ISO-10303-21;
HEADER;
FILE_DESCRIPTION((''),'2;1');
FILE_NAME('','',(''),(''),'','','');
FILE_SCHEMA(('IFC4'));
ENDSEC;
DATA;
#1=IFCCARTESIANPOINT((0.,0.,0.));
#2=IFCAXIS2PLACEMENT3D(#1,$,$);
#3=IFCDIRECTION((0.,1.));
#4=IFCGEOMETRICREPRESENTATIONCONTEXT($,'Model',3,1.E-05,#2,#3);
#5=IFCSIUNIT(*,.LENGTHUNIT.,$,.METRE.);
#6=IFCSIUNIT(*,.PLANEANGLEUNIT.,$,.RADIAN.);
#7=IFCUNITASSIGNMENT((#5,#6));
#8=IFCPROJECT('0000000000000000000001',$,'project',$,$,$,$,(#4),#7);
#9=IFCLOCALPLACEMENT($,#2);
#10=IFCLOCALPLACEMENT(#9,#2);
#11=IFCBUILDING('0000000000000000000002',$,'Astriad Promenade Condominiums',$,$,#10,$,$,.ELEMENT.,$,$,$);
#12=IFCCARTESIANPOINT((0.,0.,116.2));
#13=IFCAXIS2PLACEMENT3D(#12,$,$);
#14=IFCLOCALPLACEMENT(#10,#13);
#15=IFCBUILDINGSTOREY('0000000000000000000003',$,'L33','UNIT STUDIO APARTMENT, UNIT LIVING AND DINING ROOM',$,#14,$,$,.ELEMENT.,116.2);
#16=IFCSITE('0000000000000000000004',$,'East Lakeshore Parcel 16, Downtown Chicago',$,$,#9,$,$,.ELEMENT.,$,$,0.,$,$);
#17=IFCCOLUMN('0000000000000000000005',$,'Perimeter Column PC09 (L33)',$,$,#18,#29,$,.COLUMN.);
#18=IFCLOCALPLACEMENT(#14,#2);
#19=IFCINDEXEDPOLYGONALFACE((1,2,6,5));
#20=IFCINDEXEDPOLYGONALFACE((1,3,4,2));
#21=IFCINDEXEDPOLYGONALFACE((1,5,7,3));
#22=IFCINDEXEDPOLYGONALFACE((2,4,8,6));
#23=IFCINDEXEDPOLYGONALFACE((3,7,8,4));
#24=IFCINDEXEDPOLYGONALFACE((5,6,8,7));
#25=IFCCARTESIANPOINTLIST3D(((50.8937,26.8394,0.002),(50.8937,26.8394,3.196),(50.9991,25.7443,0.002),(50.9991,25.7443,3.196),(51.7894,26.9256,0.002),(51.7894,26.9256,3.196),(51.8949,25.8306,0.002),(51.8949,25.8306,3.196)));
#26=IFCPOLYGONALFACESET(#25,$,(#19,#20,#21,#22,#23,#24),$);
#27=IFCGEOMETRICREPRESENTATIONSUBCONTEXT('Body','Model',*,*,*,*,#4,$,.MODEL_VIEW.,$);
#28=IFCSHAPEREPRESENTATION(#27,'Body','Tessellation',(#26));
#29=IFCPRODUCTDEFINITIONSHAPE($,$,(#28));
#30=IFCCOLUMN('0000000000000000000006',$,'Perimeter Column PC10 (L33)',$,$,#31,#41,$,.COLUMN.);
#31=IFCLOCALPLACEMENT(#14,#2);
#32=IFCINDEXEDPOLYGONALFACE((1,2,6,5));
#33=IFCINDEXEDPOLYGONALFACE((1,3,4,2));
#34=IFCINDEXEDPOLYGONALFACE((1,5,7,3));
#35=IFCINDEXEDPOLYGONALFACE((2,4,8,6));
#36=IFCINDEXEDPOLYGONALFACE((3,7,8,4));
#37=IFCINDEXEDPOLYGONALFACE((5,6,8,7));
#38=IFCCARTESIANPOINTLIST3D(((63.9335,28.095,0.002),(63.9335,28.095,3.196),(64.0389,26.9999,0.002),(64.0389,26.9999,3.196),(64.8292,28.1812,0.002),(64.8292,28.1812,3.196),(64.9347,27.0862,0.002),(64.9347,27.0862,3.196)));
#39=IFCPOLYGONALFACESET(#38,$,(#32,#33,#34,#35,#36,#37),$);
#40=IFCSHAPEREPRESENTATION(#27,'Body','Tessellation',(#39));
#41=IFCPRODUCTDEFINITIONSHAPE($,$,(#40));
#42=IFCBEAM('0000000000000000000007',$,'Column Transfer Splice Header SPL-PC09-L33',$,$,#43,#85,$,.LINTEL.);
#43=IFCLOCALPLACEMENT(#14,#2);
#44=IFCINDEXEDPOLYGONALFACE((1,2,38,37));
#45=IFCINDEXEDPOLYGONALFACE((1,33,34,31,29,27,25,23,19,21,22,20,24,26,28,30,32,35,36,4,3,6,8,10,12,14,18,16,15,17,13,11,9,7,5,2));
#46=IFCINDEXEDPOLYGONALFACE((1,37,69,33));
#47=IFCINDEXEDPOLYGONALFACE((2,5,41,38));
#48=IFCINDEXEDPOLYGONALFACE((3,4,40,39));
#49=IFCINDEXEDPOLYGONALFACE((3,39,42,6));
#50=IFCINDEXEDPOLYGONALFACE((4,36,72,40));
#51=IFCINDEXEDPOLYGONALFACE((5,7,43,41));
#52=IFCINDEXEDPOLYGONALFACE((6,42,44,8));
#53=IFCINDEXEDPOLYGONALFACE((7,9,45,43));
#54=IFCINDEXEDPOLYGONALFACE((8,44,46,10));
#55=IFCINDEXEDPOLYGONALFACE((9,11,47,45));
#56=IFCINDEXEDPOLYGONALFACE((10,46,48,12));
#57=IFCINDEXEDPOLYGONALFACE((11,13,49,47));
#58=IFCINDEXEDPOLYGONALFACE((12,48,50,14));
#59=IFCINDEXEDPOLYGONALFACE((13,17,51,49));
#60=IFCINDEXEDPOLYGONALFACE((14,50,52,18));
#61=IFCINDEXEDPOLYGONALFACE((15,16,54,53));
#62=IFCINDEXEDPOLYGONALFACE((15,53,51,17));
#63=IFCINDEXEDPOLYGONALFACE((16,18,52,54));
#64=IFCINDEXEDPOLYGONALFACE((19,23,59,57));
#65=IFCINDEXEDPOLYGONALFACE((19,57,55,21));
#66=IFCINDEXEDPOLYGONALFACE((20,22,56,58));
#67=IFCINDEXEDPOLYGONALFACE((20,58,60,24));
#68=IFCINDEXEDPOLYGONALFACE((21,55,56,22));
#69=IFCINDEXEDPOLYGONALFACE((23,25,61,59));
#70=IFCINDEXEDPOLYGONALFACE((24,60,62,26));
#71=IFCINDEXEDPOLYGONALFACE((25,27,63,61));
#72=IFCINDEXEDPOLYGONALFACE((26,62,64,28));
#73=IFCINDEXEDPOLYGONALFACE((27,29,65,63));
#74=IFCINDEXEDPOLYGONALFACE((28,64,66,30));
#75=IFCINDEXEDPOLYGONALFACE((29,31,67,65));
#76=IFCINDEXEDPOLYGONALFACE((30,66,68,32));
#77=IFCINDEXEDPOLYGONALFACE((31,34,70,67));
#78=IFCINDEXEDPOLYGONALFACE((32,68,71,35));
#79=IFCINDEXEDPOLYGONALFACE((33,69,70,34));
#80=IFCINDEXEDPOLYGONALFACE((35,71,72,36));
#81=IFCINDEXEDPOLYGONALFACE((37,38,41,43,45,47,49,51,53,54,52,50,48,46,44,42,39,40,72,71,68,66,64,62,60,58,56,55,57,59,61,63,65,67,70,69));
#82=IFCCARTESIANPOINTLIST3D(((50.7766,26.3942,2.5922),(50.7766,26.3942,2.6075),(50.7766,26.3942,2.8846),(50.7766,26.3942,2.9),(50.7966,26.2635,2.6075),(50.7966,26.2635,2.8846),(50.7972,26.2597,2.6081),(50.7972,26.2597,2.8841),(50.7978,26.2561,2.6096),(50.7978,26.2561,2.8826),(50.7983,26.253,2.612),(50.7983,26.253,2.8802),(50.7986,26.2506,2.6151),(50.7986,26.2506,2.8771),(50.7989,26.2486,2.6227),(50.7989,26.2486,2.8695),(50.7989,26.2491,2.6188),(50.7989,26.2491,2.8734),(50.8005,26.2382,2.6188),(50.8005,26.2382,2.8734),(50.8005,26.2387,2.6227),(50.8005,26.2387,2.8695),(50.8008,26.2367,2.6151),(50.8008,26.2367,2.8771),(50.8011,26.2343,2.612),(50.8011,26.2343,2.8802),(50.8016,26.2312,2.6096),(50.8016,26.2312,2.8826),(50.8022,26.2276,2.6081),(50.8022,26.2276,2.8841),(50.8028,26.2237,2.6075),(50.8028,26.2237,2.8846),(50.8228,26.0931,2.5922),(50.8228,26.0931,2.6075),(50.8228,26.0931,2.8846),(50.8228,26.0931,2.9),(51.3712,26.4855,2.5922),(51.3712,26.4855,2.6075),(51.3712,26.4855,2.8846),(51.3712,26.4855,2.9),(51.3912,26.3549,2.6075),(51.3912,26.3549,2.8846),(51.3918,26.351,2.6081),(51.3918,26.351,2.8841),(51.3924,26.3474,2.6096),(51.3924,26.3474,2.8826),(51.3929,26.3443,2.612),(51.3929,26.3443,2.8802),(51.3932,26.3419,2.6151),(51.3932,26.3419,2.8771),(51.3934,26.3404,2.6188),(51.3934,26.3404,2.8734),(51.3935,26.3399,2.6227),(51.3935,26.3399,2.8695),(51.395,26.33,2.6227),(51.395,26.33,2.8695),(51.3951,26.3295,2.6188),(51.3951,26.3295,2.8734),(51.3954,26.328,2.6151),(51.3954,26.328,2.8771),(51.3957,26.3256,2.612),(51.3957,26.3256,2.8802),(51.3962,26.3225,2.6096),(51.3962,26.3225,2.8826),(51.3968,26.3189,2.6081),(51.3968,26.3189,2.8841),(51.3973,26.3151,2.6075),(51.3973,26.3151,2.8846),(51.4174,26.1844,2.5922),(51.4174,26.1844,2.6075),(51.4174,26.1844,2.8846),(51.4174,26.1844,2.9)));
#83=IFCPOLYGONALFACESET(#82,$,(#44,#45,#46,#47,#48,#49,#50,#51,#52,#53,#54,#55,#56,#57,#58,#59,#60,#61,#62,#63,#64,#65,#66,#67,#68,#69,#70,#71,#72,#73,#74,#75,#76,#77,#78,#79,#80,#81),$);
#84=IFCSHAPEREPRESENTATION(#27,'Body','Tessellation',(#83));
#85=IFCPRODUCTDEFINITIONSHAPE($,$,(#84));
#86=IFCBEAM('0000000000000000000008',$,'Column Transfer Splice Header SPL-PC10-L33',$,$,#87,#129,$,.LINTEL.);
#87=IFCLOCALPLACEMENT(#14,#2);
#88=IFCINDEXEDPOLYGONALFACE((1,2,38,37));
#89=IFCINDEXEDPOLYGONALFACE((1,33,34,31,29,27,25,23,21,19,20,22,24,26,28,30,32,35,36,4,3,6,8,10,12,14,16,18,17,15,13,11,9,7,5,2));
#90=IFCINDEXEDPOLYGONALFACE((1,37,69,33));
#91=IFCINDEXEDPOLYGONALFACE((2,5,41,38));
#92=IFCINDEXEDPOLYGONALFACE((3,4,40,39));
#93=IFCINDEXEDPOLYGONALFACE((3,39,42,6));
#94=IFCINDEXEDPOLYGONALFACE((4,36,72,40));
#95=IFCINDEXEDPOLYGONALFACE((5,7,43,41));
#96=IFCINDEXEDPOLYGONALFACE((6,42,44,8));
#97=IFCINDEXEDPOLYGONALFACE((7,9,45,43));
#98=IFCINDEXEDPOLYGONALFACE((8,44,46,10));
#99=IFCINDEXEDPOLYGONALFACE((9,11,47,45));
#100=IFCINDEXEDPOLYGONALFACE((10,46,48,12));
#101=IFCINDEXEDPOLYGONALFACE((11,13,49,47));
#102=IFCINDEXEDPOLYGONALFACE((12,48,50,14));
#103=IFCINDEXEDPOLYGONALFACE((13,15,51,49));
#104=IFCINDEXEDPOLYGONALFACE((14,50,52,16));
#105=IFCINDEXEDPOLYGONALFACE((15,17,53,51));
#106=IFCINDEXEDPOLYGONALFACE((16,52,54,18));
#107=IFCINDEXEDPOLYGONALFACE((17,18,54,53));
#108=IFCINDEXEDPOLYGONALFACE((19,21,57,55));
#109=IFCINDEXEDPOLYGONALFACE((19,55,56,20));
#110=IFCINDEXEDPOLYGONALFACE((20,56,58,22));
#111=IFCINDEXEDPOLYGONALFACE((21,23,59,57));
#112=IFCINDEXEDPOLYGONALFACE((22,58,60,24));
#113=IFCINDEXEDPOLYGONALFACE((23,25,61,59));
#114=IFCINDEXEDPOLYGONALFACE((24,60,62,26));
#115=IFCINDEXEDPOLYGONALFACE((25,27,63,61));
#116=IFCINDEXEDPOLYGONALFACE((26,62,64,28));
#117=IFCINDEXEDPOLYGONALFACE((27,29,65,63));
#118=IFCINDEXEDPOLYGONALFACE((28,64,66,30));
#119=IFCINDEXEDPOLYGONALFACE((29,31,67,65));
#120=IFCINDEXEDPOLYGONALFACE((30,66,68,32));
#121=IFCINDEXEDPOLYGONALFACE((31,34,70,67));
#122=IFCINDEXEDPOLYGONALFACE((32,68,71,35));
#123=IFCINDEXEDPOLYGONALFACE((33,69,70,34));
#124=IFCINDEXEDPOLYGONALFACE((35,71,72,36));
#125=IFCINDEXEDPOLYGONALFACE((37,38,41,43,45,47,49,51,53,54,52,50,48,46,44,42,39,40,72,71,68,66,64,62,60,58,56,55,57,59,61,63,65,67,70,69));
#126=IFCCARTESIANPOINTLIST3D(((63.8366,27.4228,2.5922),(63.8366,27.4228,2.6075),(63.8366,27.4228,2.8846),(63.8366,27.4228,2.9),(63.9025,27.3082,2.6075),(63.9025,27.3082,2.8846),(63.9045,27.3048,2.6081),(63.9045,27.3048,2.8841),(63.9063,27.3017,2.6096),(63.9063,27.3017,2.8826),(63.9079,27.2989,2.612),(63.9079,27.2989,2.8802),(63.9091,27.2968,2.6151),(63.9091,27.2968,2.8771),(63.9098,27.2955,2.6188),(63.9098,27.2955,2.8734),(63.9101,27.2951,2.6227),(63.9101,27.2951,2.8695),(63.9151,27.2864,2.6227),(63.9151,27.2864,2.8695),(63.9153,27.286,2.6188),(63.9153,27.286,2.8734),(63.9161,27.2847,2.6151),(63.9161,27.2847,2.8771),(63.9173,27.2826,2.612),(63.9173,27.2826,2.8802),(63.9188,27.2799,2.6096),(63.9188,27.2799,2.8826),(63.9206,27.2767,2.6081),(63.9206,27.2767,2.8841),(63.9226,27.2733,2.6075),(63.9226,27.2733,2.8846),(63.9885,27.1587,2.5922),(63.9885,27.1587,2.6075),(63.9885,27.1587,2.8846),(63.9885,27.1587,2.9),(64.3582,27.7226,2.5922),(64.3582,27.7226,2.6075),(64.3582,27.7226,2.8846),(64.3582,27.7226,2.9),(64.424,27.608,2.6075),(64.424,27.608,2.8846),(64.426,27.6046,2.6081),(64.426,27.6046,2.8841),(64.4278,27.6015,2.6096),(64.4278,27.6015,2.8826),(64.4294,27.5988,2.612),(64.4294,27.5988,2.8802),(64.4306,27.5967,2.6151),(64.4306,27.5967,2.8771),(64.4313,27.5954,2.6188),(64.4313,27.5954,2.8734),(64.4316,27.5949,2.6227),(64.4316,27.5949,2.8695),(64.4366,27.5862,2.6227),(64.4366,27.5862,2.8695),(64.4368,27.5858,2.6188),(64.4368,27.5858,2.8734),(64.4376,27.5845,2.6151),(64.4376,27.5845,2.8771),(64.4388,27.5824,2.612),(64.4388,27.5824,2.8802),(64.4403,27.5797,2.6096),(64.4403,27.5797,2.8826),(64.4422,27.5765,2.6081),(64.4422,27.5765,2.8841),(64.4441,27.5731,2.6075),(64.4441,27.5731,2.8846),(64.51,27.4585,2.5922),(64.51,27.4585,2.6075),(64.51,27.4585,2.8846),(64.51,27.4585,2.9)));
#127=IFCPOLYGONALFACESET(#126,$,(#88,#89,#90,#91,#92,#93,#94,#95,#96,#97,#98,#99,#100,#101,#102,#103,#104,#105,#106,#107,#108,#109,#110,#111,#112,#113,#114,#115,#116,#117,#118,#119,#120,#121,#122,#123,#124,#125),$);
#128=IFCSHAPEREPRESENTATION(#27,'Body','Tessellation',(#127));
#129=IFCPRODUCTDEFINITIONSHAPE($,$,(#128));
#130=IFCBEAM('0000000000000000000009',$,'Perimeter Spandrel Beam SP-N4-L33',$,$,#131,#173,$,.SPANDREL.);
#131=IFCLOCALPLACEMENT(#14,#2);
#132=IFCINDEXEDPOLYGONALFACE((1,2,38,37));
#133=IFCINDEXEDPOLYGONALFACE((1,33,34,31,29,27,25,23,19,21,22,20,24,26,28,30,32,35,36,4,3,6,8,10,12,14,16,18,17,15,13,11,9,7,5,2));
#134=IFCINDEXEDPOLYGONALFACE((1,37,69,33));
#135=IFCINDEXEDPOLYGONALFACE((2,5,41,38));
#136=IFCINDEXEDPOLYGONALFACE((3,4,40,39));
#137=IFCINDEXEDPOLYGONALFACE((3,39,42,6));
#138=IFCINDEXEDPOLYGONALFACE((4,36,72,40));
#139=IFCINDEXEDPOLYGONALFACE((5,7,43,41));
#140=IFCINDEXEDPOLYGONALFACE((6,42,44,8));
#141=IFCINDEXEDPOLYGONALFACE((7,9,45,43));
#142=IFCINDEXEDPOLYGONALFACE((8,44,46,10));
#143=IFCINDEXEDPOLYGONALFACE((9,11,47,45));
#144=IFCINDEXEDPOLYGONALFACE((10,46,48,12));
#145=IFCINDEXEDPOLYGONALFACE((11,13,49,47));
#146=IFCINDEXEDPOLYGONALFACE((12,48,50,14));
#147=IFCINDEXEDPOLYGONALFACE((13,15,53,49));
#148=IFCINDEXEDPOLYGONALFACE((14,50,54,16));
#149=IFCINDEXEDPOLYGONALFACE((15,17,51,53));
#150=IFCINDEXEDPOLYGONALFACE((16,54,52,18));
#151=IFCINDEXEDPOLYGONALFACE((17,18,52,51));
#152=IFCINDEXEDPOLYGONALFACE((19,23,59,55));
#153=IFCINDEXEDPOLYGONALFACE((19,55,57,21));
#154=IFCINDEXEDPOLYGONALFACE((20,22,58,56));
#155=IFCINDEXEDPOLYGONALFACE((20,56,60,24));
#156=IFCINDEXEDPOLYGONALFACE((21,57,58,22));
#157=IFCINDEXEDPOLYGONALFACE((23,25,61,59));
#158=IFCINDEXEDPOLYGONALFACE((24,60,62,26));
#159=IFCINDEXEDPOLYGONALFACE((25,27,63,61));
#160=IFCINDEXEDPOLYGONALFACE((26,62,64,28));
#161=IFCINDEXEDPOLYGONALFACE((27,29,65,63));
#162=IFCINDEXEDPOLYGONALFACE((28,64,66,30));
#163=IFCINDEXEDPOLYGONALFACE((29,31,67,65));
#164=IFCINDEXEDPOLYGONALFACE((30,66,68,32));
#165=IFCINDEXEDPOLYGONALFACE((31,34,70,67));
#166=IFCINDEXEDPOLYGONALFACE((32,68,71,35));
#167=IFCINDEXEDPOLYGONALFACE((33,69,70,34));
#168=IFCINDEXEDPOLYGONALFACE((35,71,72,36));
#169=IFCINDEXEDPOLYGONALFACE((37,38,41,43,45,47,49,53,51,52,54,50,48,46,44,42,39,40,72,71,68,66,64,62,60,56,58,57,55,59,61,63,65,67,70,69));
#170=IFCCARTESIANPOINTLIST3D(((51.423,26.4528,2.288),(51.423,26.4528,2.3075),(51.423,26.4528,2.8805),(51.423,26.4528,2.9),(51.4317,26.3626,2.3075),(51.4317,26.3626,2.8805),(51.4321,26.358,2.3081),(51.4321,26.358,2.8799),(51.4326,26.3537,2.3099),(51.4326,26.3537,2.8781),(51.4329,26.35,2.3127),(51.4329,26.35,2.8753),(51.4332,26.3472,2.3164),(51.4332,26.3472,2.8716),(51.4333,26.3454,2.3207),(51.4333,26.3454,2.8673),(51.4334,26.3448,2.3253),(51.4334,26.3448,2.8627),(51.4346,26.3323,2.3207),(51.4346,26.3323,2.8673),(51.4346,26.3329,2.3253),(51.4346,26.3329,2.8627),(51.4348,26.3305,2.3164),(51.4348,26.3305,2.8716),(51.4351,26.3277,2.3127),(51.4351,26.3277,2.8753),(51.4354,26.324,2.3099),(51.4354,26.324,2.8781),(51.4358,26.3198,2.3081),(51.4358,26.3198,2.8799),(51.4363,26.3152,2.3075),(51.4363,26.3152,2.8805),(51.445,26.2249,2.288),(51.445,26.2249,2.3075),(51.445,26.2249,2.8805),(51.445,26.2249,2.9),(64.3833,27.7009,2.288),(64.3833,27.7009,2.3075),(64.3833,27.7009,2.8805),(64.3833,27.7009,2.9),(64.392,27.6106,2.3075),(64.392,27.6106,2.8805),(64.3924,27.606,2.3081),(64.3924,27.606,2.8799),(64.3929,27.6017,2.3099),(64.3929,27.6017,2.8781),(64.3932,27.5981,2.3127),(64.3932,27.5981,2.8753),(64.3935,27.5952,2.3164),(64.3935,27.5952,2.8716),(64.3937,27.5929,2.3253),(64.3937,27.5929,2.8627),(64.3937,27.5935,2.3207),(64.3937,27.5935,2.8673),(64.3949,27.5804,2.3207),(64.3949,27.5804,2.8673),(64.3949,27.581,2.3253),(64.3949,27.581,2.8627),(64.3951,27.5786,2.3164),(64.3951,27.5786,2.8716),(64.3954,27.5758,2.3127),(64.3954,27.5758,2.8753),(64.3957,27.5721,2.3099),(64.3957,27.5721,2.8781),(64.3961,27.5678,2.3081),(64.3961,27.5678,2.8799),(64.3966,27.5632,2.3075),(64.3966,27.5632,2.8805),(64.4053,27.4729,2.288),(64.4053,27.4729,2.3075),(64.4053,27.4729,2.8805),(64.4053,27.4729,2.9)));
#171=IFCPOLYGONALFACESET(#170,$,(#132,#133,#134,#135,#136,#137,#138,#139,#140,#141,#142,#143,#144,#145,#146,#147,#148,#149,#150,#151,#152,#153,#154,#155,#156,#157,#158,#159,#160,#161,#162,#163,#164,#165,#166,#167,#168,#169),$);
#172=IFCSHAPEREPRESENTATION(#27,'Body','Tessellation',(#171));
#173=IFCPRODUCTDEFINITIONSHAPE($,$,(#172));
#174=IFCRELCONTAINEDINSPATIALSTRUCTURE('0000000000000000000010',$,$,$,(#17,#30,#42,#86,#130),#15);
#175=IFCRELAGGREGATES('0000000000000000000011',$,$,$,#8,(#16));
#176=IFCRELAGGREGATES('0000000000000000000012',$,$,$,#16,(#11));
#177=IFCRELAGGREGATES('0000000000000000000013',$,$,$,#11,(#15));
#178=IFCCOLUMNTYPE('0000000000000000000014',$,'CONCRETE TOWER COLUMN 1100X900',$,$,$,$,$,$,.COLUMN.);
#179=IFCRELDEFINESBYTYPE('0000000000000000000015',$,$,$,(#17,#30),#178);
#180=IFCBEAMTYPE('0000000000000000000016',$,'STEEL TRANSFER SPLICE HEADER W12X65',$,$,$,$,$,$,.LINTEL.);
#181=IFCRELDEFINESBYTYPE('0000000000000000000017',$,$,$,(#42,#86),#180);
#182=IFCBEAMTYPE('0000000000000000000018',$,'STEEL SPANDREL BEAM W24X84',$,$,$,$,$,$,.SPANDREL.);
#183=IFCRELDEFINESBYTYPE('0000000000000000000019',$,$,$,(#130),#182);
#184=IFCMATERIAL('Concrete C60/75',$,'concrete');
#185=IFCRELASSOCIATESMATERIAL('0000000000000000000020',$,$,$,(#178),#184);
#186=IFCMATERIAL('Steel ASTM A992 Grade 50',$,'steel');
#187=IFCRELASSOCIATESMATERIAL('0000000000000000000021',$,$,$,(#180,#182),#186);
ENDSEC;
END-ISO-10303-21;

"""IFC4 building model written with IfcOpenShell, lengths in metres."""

from ifc_helpers import new_model, si_unit, direction, frame, origin, origin_2d, place, context, subcontext, project, spatial, rectangle, i_section, extrude, source, transform, mapped, material, material_profile, profile_set, type_object, type_shapes, element, save


model = new_model("IFC4")

# Units and contexts
model_context = context("Model", 3, precision=1e-05, world=origin(), true_north=direction((0.0, 1.0)))
body_context = subcontext(model_context, "Body", "Model", "MODEL_VIEW")
ifc_project = project(units=[si_unit("LENGTHUNIT", "METRE"), si_unit("PLANEANGLEUNIT", "RADIAN")], contexts=[model_context])

# Site, building, storey
site_placement = place(None, origin())
site = spatial("IfcSite", under=ifc_project, at=site_placement, Name="East Lakeshore Parcel 16, Downtown Chicago", CompositionType="ELEMENT", RefElevation=0.0)
building_placement = place(site_placement, origin())
building = spatial("IfcBuilding", under=site, at=building_placement, Name="Astriad Promenade Condominiums", CompositionType="ELEMENT")
storey_placement = place(building_placement, frame((0.0, 0.0, 116.2)))
storey = spatial("IfcBuildingStorey", under=building, at=storey_placement, Name="L33", Description="UNIT STUDIO APARTMENT, UNIT LIVING AND DINING ROOM", CompositionType="ELEMENT", Elevation=116.2)

# Columns
ifc_material_1 = material(Name="Concrete C60/75", Category="concrete")
ifc_material_profile_1 = material_profile(ifc_material_1, rectangle(XDim=0.8999, YDim=1.1001, at=origin_2d()), Name="RC-COL-1100X900")
ifc_profile_set_1 = profile_set([ifc_material_profile_1], Name="Concrete C60/75")
column_type = type_object("IfcColumnType", Name="CONCRETE TOWER COLUMN 1100X900", PredefinedType="COLUMN", material=ifc_profile_set_1)
shared_shape_1 = source(origin(), body_context, "Body", "SweptSolid", [
    extrude(rectangle(XDim=0.8999, YDim=1.1001, at=origin_2d()), origin(), (0.0, 0.0, 1.0), 3.1941),
])
type_shapes(column_type, [shared_shape_1])
for number, where, z_axis, x_axis, name in (
    (1, (51.3943, 26.335, 0.002), (0.0, 0.0, 1.0), (0.995396, 0.095846, 0.0), "Perimeter Column PC09 (L33)"),
    (2, (64.4341, 27.5906, 0.002), (0.0, 0.0, 1.0), (0.995396, 0.095846, 0.0), "Perimeter Column PC10 (L33)"),
):
    element("IfcColumn", number, at=place(storey_placement, frame(where, z_axis=z_axis, x_axis=x_axis)), inside=storey, type_object=column_type, Name=name, PredefinedType="COLUMN", context=body_context, shape_type="MappedRepresentation", body=[
        mapped(shared_shape_1, transform((0.0, 0.0, 0.0), scale=1.0)),
    ])

# Beams
ifc_material_2 = material(Name="Steel ASTM A992 Grade 50", Category="steel")
ifc_material_profile_2 = material_profile(ifc_material_2, i_section(OverallWidth=0.3047, OverallDepth=0.3079, WebThickness=0.01, FlangeThickness=0.0154, FilletRadius=0.0151, at=origin_2d()), Name="W12X65")
ifc_profile_set_2 = profile_set([ifc_material_profile_2], Name="Steel ASTM A992 Grade 50")
beam_type_1 = type_object("IfcBeamType", Name="STEEL TRANSFER SPLICE HEADER W12X65", PredefinedType="LINTEL", material=ifc_profile_set_2)
shared_shape_2 = source(origin(), body_context, "Body", "SweptSolid", [
    extrude(i_section(OverallWidth=0.3047, OverallDepth=0.3079, WebThickness=0.01, FlangeThickness=0.0154, FilletRadius=0.0151, at=origin_2d()), origin(), (0.0, 0.0, 1.0), 0.6016),
])
type_shapes(beam_type_1, [shared_shape_2])
for number, where, z_axis, x_axis, name in (
    (3, (51.3943, 26.335, 2.7461), (-0.988409, -0.151813, 0.0), (0.151813, -0.988409, 0.0), "Column Transfer Splice Header SPL-PC09-L33"),
    (4, (64.4341, 27.5906, 2.7461), (-0.866941, -0.49841, 0.0), (0.49841, -0.866941, 0.0), "Column Transfer Splice Header SPL-PC10-L33"),
):
    element("IfcBeam", number, at=place(storey_placement, frame(where, z_axis=z_axis, x_axis=x_axis)), inside=storey, type_object=beam_type_1, Name=name, PredefinedType="LINTEL", context=body_context, shape_type="MappedRepresentation", body=[
        mapped(shared_shape_2, transform((0.0, 0.0, 0.0), scale=1.0)),
    ])
ifc_material_profile_3 = material_profile(ifc_material_2, i_section(OverallWidth=0.229, OverallDepth=0.6121, WebThickness=0.012, FlangeThickness=0.0195, FilletRadius=0.0178, at=origin_2d()), Name="W24X84")
ifc_profile_set_3 = profile_set([ifc_material_profile_3], Name="Steel ASTM A992 Grade 50")
beam_type_2 = type_object("IfcBeamType", Name="STEEL SPANDREL BEAM W24X84", PredefinedType="SPANDREL", material=ifc_profile_set_3)
shared_shape_3 = source(origin(), body_context, "Body", "SweptSolid", [
    extrude(i_section(OverallWidth=0.229, OverallDepth=0.6121, WebThickness=0.012, FlangeThickness=0.0195, FilletRadius=0.0178, at=origin_2d()), origin(), (0.0, 0.0, 1.0), 13.0203),
])
beam_1_placement = place(storey_placement, frame((64.3943, 27.5869, 2.594), z_axis=(-0.995395, -0.095855, 0.0), x_axis=(0.095855, -0.995395, 0.0)))
element("IfcBeam", 5, at=beam_1_placement, inside=storey, type_object=beam_type_2, Name="Perimeter Spandrel Beam SP-N4-L33", PredefinedType="SPANDREL", context=body_context, shape_type="MappedRepresentation", body=[
    mapped(shared_shape_3, transform((0.0, 0.0, 0.0), scale=1.0)),
])

save(model, "model.ifc")
